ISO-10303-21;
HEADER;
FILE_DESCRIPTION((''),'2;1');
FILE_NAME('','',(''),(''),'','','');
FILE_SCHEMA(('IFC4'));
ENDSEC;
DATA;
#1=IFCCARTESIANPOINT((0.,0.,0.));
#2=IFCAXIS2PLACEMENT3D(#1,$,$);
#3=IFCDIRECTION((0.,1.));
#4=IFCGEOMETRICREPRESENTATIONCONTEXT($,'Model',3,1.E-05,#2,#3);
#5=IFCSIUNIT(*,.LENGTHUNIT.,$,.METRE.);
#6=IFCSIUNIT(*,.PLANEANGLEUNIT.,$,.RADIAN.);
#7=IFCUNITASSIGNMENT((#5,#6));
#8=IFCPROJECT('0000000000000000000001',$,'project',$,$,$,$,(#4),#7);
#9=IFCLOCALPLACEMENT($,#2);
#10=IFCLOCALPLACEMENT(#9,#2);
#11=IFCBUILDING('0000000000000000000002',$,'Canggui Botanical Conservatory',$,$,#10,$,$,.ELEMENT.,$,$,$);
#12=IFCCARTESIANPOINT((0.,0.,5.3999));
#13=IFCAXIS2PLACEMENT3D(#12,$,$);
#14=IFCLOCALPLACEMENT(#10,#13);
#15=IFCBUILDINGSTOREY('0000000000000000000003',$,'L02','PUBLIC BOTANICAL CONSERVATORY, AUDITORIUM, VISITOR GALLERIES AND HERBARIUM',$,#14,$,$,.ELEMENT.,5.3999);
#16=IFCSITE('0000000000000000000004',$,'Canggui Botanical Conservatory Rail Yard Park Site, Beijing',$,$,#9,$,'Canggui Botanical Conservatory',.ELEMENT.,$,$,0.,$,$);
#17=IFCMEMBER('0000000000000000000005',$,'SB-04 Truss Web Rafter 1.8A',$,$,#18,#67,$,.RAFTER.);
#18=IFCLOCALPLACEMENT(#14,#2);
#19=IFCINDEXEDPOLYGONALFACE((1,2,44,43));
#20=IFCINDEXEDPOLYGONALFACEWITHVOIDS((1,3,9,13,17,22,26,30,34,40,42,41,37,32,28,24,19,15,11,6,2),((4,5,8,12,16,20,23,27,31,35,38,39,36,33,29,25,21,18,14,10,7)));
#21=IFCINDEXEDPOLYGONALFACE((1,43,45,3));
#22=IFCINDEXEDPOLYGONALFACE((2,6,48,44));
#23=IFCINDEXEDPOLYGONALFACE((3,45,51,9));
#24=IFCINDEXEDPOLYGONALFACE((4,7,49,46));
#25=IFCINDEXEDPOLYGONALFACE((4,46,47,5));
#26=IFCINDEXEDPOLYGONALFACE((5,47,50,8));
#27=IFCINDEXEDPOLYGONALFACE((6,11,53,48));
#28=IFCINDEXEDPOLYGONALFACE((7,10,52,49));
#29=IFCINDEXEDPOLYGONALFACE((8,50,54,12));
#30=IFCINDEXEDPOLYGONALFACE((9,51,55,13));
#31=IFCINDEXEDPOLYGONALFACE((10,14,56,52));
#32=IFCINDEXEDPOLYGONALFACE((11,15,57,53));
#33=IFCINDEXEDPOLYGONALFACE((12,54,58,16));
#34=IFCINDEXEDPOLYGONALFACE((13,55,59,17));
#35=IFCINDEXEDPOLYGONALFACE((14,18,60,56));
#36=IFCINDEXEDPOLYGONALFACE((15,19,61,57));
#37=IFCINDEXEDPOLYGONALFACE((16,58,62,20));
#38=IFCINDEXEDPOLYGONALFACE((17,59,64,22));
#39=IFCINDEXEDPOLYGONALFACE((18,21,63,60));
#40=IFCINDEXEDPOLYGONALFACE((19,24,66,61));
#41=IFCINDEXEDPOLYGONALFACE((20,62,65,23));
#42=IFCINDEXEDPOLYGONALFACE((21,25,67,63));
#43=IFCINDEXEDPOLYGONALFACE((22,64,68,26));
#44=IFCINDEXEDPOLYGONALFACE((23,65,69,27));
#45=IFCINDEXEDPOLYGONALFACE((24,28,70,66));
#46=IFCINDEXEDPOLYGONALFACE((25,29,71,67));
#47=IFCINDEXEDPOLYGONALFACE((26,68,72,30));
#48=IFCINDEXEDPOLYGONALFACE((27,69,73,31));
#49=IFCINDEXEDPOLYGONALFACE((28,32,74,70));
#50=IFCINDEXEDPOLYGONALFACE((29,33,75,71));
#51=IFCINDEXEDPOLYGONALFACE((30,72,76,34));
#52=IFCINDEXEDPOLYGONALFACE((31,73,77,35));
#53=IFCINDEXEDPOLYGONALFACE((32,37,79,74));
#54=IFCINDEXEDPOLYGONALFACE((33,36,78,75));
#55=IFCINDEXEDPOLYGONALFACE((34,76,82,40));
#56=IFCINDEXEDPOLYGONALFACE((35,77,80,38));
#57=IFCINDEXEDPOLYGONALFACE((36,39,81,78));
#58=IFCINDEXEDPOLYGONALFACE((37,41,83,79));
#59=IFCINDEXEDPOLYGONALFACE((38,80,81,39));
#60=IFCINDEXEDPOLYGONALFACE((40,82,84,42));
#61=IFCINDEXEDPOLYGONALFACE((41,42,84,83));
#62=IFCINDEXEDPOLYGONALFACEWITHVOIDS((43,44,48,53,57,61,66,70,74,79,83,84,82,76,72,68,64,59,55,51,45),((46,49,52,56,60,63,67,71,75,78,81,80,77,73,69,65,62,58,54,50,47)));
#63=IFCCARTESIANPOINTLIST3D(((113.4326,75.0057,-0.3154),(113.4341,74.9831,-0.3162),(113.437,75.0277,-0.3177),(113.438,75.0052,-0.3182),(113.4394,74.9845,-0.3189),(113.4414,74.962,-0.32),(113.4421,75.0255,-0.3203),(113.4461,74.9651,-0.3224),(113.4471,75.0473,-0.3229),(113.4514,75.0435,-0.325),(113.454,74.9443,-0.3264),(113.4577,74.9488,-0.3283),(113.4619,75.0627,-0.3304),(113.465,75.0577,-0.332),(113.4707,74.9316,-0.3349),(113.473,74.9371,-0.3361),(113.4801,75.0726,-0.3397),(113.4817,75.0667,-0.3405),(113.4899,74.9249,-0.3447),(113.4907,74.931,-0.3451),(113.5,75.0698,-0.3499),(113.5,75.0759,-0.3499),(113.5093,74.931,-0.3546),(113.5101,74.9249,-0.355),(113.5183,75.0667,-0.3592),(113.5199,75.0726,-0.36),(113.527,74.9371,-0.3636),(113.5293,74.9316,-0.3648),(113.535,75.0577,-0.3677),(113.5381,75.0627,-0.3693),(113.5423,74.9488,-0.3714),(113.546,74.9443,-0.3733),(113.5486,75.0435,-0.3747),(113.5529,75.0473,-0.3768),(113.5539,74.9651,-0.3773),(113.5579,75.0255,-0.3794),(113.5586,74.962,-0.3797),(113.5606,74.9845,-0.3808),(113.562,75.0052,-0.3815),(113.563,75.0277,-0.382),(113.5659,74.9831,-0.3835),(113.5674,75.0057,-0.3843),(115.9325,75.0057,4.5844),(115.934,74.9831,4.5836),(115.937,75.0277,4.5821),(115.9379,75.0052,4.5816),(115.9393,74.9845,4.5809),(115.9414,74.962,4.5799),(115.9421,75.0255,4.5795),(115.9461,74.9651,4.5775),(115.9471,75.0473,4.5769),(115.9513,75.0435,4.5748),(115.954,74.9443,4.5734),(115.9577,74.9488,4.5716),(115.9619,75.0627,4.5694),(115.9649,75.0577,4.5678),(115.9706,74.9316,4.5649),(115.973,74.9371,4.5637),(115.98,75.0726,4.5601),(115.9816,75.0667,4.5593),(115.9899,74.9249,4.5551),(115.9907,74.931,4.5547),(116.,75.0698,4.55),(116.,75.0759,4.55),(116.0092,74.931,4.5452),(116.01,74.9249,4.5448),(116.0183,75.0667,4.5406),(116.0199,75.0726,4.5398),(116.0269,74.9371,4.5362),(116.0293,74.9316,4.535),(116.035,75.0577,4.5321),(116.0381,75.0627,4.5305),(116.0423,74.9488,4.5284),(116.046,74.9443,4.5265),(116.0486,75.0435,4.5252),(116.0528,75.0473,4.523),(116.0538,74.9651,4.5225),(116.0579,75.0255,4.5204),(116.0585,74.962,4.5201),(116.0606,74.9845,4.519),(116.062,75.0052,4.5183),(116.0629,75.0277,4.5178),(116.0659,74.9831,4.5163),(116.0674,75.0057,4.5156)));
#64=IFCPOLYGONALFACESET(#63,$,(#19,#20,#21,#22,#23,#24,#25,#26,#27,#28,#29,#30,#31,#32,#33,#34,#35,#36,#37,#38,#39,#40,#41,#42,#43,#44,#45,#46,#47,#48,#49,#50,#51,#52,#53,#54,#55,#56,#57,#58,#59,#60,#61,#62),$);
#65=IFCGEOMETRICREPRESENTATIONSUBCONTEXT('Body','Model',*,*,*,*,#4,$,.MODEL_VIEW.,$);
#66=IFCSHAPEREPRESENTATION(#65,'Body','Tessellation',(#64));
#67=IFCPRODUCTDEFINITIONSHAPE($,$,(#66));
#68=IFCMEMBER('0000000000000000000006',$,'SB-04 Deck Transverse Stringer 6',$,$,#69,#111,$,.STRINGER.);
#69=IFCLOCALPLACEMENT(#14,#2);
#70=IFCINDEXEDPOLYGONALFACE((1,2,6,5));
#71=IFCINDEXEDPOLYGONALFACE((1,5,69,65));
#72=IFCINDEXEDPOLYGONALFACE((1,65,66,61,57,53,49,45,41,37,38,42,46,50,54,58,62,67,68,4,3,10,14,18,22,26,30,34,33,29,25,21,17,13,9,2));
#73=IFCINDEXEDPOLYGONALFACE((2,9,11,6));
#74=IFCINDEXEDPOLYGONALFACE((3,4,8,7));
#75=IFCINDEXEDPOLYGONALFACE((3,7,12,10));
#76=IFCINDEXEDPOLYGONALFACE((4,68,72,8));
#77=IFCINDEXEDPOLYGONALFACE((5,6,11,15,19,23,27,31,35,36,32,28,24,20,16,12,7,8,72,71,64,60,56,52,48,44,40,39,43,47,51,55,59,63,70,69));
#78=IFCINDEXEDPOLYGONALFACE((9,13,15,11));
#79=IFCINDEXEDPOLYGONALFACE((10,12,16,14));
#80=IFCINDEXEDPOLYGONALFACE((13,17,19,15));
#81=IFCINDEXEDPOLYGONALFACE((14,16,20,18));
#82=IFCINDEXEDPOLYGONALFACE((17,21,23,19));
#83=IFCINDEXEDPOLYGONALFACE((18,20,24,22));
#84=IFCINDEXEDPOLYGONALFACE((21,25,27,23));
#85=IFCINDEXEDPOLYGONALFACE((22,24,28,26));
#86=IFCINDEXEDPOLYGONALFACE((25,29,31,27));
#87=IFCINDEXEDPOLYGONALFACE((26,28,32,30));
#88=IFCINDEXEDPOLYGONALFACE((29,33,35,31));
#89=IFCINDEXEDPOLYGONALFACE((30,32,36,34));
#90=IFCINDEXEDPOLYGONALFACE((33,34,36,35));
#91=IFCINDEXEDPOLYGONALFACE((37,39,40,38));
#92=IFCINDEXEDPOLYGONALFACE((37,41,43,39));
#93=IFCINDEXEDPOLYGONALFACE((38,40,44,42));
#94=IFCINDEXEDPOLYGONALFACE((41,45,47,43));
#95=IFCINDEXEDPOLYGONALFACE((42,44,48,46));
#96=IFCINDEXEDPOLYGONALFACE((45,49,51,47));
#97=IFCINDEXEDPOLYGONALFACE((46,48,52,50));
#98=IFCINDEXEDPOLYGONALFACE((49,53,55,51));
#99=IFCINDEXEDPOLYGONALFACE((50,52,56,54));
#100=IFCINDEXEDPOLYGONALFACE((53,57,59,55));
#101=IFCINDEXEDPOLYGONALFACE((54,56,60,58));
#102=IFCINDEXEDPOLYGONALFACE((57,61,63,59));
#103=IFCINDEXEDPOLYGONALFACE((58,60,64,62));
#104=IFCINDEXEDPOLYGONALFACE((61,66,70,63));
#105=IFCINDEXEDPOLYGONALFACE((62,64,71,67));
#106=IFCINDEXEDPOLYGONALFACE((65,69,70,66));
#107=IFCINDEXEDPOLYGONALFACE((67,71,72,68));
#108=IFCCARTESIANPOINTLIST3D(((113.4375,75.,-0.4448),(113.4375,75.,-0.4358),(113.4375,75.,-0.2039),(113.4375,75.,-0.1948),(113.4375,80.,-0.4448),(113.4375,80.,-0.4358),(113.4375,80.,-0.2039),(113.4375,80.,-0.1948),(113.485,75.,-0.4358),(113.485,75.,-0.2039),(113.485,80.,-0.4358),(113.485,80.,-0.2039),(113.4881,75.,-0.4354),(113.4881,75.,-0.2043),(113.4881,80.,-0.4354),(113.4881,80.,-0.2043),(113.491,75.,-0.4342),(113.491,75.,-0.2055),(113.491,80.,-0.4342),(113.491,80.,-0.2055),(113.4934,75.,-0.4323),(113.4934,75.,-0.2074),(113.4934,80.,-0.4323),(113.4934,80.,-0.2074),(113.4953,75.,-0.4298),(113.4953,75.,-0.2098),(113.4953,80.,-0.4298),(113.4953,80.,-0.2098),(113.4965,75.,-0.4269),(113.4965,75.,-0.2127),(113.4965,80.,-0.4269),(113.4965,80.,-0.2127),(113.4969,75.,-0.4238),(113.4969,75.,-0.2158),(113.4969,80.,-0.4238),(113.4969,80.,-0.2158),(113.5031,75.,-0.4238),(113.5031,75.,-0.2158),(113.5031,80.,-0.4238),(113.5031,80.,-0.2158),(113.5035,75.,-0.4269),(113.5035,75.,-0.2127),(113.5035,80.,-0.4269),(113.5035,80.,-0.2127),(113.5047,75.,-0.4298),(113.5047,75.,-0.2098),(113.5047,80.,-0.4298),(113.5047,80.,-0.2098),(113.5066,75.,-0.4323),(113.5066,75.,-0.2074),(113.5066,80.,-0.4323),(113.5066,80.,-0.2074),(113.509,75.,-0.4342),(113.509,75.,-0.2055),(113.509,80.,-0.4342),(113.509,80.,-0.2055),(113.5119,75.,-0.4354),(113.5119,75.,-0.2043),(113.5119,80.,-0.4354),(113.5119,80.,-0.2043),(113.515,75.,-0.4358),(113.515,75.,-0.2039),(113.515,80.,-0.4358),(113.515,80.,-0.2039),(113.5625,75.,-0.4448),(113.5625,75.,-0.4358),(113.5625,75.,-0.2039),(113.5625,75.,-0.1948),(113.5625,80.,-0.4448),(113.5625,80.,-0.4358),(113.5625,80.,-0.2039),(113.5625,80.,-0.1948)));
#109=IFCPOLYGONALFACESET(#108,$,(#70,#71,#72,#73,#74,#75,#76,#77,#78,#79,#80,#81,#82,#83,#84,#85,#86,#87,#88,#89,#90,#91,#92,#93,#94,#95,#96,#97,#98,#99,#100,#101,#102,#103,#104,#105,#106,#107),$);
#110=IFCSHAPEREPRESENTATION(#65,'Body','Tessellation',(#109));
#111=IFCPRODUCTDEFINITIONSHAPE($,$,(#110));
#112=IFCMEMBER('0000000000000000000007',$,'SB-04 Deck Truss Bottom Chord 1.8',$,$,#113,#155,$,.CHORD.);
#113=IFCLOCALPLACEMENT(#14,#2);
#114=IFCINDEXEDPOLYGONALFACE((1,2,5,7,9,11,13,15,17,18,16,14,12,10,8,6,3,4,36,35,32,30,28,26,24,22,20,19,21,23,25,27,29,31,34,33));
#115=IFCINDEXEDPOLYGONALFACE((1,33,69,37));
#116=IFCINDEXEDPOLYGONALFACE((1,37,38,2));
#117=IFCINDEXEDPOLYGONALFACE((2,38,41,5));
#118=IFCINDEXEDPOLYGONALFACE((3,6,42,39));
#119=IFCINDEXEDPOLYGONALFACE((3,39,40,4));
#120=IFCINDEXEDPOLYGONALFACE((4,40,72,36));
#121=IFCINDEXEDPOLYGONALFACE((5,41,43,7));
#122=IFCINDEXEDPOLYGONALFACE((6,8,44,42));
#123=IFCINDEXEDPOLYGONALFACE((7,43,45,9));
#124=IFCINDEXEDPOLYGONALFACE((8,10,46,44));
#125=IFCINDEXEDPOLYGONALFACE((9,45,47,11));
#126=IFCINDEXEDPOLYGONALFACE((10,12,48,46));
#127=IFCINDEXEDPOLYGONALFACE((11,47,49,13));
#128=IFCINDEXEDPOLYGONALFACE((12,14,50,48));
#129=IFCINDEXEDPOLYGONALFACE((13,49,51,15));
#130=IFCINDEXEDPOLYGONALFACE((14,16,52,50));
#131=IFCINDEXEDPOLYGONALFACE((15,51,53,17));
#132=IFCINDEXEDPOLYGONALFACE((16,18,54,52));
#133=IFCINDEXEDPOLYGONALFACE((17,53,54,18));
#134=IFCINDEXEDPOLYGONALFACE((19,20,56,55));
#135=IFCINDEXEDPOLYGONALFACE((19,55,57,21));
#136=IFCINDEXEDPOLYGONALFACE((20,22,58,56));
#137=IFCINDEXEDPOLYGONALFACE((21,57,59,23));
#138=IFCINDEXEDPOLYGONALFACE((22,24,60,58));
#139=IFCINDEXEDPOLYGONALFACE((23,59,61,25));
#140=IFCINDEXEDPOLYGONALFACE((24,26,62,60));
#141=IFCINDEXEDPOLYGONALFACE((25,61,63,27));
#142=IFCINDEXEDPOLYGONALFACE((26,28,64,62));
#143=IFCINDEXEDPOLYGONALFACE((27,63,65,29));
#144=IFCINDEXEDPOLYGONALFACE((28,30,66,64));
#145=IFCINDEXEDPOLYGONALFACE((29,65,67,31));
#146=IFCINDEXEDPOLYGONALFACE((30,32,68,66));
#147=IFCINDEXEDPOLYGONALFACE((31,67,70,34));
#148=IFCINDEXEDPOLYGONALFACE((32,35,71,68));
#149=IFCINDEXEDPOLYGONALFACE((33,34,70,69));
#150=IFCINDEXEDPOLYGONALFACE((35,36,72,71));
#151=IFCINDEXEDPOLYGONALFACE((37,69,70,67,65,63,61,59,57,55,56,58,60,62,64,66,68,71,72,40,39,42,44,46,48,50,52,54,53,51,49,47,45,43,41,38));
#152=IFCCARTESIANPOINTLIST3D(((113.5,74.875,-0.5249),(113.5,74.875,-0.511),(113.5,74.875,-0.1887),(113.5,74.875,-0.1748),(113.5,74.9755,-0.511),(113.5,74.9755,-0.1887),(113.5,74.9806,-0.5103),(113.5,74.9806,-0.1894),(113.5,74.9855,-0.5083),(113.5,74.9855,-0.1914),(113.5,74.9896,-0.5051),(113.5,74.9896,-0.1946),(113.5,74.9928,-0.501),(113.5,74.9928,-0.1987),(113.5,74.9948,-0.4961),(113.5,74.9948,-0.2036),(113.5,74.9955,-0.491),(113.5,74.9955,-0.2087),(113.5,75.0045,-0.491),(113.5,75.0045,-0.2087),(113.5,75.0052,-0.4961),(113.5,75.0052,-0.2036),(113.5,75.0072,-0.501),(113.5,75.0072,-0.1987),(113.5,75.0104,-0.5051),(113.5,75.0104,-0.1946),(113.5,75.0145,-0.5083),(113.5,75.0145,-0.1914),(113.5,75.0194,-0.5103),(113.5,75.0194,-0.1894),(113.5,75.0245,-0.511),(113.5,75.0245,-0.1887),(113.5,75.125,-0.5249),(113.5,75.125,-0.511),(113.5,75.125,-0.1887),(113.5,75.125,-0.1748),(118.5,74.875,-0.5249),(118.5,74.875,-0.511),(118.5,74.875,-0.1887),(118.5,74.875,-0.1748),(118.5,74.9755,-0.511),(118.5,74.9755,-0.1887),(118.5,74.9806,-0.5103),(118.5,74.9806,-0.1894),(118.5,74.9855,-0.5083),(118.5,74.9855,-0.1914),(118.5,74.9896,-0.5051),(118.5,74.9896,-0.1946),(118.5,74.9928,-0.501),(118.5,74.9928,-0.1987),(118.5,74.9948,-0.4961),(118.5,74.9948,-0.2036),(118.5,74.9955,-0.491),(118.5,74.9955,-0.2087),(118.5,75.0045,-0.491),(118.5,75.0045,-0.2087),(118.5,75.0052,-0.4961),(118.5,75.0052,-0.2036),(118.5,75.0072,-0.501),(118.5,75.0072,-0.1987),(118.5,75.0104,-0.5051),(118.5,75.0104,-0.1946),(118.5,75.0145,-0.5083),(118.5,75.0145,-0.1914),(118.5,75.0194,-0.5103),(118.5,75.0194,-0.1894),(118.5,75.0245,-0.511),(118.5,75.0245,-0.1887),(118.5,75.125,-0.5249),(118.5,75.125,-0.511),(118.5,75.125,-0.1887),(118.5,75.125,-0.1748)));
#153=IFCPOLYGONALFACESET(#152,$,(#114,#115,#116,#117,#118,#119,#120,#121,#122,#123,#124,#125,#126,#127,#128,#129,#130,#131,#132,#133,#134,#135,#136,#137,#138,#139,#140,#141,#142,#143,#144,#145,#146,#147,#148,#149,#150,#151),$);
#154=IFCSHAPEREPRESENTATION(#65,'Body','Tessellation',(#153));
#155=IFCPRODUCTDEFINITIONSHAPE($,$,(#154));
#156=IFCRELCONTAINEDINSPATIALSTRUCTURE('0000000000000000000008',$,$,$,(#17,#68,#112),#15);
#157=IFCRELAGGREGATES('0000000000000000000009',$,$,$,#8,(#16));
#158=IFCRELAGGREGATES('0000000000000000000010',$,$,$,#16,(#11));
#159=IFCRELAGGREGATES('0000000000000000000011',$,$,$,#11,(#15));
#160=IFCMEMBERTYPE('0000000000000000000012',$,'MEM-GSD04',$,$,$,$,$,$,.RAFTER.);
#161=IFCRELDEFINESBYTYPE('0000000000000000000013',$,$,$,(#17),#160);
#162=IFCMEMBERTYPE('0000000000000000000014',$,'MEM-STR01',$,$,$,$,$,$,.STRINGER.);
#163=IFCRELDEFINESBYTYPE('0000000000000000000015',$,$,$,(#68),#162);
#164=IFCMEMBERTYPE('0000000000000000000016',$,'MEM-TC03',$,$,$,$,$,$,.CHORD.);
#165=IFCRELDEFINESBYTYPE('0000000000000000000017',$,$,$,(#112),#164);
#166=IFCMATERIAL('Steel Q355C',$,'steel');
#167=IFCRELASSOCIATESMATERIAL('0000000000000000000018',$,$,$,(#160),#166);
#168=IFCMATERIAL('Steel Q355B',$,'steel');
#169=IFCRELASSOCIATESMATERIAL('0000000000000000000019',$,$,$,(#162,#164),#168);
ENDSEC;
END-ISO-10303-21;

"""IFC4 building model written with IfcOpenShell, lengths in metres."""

from ifc_helpers import new_model, si_unit, direction, frame, origin, origin_2d, place, context, subcontext, project, spatial, hollow_circle, i_section, extrude, material, material_profile, profile_set, type_object, element, save


model = new_model("IFC4")

# Units and contexts
model_context = context("Model", 3, precision=1e-05, world=origin(), true_north=direction((0.0, 1.0)))
body_context = subcontext(model_context, "Body", "Model", "MODEL_VIEW")
ifc_project = project(units=[si_unit("LENGTHUNIT", "METRE"), si_unit("PLANEANGLEUNIT", "RADIAN")], contexts=[model_context])

# Site, building, storey
site_placement = place(None, origin())
site = spatial("IfcSite", under=ifc_project, at=site_placement, Name="Canggui Botanical Conservatory Rail Yard Park Site, Beijing", LongName="Canggui Botanical Conservatory", CompositionType="ELEMENT", RefElevation=0.0)
building_placement = place(site_placement, origin())
building = spatial("IfcBuilding", under=site, at=building_placement, Name="Canggui Botanical Conservatory", CompositionType="ELEMENT")
storey_placement = place(building_placement, frame((0.0, 0.0, 5.3999)))
storey = spatial("IfcBuildingStorey", under=building, at=storey_placement, Name="L02", Description="PUBLIC BOTANICAL CONSERVATORY, AUDITORIUM, VISITOR GALLERIES AND HERBARIUM", CompositionType="ELEMENT", Elevation=5.3999)

# Shared definitions
ifc_material_1 = material(Name="Steel Q355B", Category="steel")

# Members
ifc_material_2 = material(Name="Steel Q355C", Category="steel")
ifc_material_profile_1 = material_profile(ifc_material_2, hollow_circle(Radius=0.0759, WallThickness=0.0061, at=origin_2d()), Name="CHS 152x6")
ifc_profile_set_1 = profile_set([ifc_material_profile_1], Name="Steel Q355C")
member_type_1 = type_object("IfcMemberType", Name="MEM-GSD04", PredefinedType="RAFTER", material=ifc_profile_set_1)
member_1_placement = place(storey_placement, frame((113.5, 75.0, -0.3499), z_axis=(0.454478, 0.0, 0.890758), x_axis=(0.0, 1.0, 0.0)))
element("IfcMember", 1, at=member_1_placement, inside=storey, type_object=member_type_1, Name="SB-04 Truss Web Rafter 1.8A", PredefinedType="RAFTER", context=body_context, shape_type="SweptSolid", body=[
    extrude(hollow_circle(Radius=0.0759, WallThickness=0.0061, at=origin_2d()), origin(), (0.0, 0.0, 1.0), 5.5007),
])
ifc_material_profile_2 = material_profile(ifc_material_1, i_section(OverallWidth=0.125, OverallDepth=0.25, WebThickness=0.0061, FlangeThickness=0.009, FilletRadius=0.012, at=origin_2d()), Name="HN 250x125x6x9")
ifc_profile_set_2 = profile_set([ifc_material_profile_2], Name="Steel Q355B")
member_type_2 = type_object("IfcMemberType", Name="MEM-STR01", PredefinedType="STRINGER", material=ifc_profile_set_2)
member_2_placement = place(storey_placement, frame((113.5, 75.0, -0.3198), z_axis=(0.0, 1.0, 0.0), x_axis=(-1.0, 0.0, 0.0)))
element("IfcMember", 2, at=member_2_placement, inside=storey, type_object=member_type_2, Name="SB-04 Deck Transverse Stringer 6", PredefinedType="STRINGER", context=body_context, shape_type="SweptSolid", body=[
    extrude(i_section(OverallWidth=0.125, OverallDepth=0.25, WebThickness=0.0061, FlangeThickness=0.009, FilletRadius=0.012, at=origin_2d()), origin(), (0.0, 0.0, 1.0), 5.0),
])
ifc_material_profile_3 = material_profile(ifc_material_1, i_section(OverallWidth=0.25, OverallDepth=0.3501, WebThickness=0.009, FlangeThickness=0.0139, FilletRadius=0.02, at=origin_2d()), Name="HM 350x250x9x14")
ifc_profile_set_3 = profile_set([ifc_material_profile_3], Name="Steel Q355B")
member_type_3 = type_object("IfcMemberType", Name="MEM-TC03", PredefinedType="CHORD", material=ifc_profile_set_3)
member_3_placement = place(storey_placement, frame((113.5, 75.0, -0.3499), z_axis=(1.0, 0.0, 0.0), x_axis=(0.0, 1.0, 0.0)))
element("IfcMember", 3, at=member_3_placement, inside=storey, type_object=member_type_3, Name="SB-04 Deck Truss Bottom Chord 1.8", PredefinedType="CHORD", context=body_context, shape_type="SweptSolid", body=[
    extrude(i_section(OverallWidth=0.25, OverallDepth=0.3501, WebThickness=0.009, FlangeThickness=0.0139, FilletRadius=0.02, at=origin_2d()), origin(), (0.0, 0.0, 1.0), 5.0),
])

save(model, "model.ifc")
